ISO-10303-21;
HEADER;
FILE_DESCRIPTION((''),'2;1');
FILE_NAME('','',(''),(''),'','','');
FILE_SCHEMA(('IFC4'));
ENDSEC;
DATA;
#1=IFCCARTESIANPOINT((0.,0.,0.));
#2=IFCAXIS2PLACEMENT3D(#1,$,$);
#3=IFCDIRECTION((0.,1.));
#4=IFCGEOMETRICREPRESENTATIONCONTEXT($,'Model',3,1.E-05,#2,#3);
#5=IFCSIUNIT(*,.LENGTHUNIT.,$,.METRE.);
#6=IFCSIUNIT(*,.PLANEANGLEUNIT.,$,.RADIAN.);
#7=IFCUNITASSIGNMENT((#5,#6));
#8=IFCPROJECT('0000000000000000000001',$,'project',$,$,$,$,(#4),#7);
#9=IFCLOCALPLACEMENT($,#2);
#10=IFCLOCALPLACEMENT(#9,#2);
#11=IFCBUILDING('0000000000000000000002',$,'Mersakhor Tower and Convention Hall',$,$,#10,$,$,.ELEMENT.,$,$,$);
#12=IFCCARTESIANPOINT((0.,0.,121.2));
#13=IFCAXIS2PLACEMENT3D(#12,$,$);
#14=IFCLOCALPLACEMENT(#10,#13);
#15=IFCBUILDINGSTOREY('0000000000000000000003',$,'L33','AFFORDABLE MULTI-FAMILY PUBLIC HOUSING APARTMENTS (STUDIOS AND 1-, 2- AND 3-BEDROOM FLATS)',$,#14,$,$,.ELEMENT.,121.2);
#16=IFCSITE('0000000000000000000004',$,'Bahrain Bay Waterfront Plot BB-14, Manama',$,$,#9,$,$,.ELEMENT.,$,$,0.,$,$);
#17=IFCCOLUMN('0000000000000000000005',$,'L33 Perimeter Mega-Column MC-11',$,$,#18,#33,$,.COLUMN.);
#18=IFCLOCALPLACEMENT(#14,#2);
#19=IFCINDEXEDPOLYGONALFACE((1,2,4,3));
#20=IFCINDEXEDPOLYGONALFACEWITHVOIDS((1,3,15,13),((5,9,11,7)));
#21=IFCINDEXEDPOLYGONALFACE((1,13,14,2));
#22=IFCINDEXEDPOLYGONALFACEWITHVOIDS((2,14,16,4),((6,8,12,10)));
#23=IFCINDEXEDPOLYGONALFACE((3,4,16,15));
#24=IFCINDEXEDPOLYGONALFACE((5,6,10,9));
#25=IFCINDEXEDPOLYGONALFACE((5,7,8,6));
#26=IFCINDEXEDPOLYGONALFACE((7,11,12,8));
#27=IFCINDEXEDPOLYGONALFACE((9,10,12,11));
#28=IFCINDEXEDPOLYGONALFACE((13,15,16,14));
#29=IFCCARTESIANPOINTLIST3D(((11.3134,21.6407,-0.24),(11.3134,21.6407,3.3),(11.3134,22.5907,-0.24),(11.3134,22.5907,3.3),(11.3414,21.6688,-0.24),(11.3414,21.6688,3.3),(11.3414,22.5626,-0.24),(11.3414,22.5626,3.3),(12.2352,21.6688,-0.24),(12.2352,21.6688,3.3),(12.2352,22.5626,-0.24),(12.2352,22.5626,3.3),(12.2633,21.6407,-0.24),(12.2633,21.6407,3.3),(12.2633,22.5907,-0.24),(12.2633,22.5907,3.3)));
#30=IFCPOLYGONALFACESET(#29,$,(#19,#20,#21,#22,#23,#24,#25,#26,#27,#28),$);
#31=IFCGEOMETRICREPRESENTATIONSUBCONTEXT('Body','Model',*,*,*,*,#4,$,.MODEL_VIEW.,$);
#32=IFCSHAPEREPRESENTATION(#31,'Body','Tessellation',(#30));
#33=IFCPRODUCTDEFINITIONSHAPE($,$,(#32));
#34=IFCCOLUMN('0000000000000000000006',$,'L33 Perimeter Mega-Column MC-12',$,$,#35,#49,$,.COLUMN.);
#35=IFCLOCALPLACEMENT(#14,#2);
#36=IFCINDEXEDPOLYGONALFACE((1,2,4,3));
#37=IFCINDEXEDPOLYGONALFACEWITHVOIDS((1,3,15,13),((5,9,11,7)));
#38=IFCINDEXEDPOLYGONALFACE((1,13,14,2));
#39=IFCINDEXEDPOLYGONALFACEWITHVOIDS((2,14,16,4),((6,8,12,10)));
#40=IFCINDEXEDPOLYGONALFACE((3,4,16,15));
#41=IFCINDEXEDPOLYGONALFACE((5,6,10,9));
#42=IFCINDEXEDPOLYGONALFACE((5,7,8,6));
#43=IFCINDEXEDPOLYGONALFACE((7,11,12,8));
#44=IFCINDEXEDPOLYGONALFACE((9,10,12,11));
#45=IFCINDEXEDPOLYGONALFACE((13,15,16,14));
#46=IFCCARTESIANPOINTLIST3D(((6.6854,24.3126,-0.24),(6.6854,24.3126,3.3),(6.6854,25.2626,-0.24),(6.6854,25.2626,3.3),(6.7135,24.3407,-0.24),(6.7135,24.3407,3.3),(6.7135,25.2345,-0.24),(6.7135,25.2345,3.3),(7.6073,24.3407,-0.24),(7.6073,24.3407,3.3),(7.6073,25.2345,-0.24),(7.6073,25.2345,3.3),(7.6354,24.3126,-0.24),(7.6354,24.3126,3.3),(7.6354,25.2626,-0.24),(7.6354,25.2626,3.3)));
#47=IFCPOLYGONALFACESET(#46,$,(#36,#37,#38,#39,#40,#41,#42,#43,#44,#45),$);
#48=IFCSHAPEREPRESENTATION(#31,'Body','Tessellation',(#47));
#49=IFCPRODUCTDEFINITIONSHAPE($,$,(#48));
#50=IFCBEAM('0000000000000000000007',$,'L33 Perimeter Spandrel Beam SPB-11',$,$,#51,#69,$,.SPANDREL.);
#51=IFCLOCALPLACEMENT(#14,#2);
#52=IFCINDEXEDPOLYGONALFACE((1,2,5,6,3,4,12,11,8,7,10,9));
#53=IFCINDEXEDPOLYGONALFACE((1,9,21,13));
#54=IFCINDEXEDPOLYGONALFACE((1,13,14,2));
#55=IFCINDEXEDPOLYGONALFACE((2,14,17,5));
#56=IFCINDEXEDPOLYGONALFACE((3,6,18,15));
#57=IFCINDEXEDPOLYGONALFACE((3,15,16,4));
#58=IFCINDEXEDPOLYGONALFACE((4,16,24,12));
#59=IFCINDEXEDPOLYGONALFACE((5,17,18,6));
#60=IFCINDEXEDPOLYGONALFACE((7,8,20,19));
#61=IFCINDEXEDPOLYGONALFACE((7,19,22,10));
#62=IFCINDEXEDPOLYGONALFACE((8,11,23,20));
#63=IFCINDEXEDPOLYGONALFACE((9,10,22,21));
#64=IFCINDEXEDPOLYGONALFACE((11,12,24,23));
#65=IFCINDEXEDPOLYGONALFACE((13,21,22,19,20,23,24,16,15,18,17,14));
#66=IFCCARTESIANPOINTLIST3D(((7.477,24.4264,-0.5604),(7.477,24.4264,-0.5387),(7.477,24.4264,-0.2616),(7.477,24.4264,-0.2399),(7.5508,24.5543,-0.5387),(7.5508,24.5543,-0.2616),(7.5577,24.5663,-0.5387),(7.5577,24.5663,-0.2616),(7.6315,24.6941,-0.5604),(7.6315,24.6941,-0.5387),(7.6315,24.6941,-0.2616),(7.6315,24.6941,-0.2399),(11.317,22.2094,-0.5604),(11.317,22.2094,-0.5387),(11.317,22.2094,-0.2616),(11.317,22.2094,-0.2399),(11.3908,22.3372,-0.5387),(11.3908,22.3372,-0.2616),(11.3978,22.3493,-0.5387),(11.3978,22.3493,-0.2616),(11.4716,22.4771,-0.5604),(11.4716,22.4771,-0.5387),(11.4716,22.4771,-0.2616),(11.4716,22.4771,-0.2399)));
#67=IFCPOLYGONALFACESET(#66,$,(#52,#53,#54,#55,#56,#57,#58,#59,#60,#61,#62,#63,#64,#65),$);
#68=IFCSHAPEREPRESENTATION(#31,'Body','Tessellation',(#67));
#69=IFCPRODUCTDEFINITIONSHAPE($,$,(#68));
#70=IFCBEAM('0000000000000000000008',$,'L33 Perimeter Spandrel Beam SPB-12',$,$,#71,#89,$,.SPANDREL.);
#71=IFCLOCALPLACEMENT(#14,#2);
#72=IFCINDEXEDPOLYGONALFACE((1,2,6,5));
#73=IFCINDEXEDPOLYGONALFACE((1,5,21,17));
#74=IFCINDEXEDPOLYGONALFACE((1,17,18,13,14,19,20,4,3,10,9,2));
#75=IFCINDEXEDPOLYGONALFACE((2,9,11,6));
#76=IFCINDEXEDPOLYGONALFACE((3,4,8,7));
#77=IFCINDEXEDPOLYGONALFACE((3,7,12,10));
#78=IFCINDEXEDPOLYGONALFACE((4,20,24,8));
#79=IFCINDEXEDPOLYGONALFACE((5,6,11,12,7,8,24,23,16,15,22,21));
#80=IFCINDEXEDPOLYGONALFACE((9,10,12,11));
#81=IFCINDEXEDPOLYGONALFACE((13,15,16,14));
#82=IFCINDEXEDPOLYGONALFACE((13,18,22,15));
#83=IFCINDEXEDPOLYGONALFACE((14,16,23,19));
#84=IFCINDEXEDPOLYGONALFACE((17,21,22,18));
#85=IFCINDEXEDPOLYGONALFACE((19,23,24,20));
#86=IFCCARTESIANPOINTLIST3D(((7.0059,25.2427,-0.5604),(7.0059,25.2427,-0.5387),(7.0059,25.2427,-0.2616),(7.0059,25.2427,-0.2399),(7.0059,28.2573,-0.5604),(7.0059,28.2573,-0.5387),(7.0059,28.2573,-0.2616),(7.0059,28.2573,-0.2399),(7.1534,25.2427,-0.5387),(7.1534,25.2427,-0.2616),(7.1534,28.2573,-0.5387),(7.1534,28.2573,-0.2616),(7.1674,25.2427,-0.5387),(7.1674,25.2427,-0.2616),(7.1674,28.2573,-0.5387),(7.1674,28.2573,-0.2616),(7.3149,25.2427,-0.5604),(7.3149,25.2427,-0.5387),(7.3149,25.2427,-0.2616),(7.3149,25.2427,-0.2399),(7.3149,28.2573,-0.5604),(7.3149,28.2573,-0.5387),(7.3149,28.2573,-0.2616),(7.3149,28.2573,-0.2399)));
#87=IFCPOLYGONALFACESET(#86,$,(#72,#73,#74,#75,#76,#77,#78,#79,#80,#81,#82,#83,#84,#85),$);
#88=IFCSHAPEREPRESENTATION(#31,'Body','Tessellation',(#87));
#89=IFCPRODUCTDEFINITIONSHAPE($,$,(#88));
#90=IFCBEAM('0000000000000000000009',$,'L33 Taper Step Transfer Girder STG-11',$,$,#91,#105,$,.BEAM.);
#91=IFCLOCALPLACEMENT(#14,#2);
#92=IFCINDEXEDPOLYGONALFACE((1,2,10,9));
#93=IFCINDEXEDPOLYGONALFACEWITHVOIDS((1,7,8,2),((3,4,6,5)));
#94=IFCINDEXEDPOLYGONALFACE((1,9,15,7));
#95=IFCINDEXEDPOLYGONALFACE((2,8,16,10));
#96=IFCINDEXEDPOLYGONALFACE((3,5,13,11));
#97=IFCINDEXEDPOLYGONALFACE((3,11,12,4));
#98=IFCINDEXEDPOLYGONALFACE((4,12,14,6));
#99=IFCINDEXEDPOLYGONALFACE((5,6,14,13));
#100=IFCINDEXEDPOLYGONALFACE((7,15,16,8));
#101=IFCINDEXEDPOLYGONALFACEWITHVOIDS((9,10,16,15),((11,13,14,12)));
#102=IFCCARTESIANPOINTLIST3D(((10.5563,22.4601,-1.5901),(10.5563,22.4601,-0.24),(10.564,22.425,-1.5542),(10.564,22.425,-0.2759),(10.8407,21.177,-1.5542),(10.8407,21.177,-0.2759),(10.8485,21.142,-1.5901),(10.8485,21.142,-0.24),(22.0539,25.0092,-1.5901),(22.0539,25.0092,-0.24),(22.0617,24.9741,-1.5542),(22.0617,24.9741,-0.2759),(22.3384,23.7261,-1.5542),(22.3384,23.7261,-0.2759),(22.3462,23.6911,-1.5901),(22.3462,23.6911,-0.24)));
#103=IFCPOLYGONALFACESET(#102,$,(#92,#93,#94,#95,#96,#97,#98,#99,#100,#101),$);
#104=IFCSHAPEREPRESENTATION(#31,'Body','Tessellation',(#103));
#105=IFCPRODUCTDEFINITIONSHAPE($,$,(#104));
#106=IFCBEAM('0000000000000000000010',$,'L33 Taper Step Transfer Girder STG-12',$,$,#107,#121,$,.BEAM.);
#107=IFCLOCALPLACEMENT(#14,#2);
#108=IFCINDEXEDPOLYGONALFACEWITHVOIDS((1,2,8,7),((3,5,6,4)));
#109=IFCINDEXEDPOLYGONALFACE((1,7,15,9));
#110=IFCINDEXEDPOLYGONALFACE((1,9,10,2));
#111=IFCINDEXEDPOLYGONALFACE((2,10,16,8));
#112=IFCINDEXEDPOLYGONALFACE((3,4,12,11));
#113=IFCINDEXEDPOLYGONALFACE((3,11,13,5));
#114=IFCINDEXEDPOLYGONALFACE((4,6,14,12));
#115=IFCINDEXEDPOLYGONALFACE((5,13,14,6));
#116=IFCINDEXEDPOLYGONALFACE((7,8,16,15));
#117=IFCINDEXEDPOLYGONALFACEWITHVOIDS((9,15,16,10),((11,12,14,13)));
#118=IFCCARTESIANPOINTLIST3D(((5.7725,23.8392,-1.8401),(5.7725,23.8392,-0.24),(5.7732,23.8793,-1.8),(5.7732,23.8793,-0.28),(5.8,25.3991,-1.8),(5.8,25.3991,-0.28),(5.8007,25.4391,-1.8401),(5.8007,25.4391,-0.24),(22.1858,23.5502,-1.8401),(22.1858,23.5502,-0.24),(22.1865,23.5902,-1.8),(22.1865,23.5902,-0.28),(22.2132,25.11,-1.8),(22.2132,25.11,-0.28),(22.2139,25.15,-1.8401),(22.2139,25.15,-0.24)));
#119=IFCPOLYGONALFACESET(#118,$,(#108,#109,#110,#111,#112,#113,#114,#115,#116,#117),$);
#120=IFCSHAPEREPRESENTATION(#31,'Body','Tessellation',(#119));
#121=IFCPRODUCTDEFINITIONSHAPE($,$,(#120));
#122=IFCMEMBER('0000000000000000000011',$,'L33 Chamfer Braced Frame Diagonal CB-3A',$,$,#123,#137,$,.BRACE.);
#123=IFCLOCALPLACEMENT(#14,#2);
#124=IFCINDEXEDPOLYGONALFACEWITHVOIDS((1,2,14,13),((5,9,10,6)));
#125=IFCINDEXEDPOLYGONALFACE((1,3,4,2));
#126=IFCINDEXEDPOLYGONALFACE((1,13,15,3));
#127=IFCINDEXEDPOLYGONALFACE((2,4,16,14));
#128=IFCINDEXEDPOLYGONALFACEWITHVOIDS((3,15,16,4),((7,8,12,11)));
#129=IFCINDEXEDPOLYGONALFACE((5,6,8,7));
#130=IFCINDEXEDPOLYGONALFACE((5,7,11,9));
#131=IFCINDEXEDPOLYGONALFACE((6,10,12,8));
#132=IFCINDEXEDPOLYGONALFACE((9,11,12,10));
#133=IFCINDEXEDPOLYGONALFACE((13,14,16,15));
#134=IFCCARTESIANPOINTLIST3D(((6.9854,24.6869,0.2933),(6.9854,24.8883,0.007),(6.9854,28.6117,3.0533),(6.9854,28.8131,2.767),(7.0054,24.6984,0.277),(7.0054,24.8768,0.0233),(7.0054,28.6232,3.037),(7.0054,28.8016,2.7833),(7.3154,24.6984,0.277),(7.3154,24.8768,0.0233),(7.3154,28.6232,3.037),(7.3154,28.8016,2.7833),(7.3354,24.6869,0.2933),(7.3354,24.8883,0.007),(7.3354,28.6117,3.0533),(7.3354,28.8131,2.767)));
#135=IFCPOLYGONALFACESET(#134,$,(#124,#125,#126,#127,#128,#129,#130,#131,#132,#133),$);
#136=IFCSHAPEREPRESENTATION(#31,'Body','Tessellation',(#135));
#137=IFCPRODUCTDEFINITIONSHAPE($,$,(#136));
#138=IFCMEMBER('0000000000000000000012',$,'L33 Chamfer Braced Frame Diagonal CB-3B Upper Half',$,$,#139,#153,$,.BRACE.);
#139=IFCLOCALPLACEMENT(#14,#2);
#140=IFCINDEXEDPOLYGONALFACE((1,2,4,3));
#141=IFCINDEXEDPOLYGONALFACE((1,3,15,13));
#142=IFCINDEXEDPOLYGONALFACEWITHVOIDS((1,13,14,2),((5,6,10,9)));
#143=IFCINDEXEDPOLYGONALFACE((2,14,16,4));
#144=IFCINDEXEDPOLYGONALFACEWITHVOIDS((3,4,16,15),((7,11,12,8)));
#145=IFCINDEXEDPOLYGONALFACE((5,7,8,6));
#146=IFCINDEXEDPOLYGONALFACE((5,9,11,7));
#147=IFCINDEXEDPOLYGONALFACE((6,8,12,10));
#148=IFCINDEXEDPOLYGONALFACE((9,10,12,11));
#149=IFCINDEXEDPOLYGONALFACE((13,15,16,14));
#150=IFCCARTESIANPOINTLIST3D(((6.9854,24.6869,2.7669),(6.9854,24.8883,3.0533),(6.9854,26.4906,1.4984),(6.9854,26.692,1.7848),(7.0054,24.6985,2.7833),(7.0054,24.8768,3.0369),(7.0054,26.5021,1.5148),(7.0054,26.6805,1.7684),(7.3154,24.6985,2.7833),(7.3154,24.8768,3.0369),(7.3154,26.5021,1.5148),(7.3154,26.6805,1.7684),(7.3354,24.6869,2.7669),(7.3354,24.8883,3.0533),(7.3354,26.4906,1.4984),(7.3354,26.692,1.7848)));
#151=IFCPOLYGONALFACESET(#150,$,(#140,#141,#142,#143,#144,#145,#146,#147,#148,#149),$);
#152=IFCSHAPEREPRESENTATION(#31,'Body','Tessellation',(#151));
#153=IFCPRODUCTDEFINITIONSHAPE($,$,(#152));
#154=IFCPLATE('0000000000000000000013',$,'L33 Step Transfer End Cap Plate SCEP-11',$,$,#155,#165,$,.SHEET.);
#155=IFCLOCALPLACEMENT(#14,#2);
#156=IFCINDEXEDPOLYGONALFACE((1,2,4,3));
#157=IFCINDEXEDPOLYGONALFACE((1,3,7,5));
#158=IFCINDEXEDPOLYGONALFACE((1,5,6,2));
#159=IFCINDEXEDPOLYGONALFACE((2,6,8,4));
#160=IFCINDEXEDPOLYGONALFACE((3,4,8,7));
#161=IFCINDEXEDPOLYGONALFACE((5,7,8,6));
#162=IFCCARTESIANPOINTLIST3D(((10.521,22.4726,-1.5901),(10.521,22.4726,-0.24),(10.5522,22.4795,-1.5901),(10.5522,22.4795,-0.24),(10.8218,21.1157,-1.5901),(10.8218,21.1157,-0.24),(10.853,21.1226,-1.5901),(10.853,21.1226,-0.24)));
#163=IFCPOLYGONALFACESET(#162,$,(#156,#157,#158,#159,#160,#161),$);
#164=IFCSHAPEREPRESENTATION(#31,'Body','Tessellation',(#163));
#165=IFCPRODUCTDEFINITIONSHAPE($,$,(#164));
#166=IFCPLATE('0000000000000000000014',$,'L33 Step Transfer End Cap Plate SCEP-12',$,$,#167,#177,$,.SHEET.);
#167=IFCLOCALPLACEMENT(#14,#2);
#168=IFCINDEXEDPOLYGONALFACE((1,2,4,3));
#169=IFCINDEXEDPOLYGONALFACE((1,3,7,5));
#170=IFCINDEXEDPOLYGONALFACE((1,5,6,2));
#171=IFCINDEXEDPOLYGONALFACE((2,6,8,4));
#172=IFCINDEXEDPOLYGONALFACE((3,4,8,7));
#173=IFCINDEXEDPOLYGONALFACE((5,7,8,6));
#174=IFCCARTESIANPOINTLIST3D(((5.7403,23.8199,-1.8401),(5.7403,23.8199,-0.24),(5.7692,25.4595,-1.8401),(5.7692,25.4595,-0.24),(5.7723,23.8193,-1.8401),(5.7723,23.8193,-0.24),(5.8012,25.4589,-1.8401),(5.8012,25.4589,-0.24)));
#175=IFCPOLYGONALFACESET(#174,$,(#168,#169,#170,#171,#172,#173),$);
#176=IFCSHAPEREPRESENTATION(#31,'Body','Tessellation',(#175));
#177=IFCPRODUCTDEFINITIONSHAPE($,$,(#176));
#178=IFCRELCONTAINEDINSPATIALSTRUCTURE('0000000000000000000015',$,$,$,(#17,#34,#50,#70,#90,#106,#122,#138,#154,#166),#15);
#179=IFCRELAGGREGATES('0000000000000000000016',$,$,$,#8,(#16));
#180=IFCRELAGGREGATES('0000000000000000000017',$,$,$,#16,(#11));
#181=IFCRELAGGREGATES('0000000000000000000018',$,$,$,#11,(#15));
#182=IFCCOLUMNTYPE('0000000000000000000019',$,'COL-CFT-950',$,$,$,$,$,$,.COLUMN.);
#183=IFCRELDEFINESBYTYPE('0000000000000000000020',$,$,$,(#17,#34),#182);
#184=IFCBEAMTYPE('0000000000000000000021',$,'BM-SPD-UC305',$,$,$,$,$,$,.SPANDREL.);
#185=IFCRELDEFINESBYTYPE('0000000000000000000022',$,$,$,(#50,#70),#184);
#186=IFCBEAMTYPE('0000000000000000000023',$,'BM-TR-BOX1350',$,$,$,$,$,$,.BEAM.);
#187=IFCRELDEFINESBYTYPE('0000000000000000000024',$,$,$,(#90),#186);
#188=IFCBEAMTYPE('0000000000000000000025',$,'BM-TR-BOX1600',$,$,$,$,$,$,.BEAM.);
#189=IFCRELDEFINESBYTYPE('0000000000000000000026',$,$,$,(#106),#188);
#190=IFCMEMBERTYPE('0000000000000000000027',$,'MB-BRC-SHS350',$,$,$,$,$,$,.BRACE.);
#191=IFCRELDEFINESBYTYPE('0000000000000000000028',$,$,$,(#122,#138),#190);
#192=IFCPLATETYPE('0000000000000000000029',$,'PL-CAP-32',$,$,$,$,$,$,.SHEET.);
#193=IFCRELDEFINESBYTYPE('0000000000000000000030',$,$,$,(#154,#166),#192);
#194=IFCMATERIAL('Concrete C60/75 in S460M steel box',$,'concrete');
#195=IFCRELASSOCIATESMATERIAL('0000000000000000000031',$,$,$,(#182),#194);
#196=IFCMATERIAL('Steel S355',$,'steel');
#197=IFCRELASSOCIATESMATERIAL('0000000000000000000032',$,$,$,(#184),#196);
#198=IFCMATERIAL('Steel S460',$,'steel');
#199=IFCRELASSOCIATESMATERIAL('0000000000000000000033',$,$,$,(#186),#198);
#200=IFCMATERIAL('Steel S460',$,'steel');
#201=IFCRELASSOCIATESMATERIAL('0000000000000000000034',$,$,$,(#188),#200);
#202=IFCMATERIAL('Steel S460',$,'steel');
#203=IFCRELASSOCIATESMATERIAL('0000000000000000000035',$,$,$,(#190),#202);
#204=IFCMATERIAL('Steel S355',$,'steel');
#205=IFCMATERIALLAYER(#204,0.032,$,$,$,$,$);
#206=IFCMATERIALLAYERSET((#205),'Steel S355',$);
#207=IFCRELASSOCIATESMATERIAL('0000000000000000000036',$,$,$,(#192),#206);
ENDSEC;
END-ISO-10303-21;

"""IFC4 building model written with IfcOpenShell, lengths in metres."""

from ifc_helpers import new_model, si_unit, direction, frame, origin, origin_2d, place, context, subcontext, project, spatial, rectangle, hollow_rectangle, i_section, extrude, material, layer, layer_set, material_profile, profile_set, type_object, element, save


model = new_model("IFC4")

# Units and contexts
model_context = context("Model", 3, precision=1e-05, world=origin(), true_north=direction((0.0, 1.0)))
body_context = subcontext(model_context, "Body", "Model", "MODEL_VIEW")
ifc_project = project(units=[si_unit("LENGTHUNIT", "METRE"), si_unit("PLANEANGLEUNIT", "RADIAN")], contexts=[model_context])

# Site, building, storey
site_placement = place(None, origin())
site = spatial("IfcSite", under=ifc_project, at=site_placement, Name="Bahrain Bay Waterfront Plot BB-14, Manama", CompositionType="ELEMENT", RefElevation=0.0)
building_placement = place(site_placement, origin())
building = spatial("IfcBuilding", under=site, at=building_placement, Name="Mersakhor Tower and Convention Hall", CompositionType="ELEMENT")
storey_placement = place(building_placement, frame((0.0, 0.0, 121.2)))
storey = spatial("IfcBuildingStorey", under=building, at=storey_placement, Name="L33", Description="AFFORDABLE MULTI-FAMILY PUBLIC HOUSING APARTMENTS (STUDIOS AND 1-, 2- AND 3-BEDROOM FLATS)", CompositionType="ELEMENT", Elevation=121.2)

# Columns
ifc_material_1 = material(Name="Concrete C60/75 in S460M steel box", Category="concrete")
ifc_material_profile_1 = material_profile(ifc_material_1, hollow_rectangle(XDim=0.95, YDim=0.95, WallThickness=0.0281, at=origin_2d()), Name="SHS 950x950x28")
ifc_profile_set_1 = profile_set([ifc_material_profile_1], Name="Concrete C60/75 in S460M steel box")
column_type = type_object("IfcColumnType", Name="COL-CFT-950", PredefinedType="COLUMN", material=ifc_profile_set_1)
for number, where, z_axis, x_axis, name in (
    (1, (11.7883, 22.1157, -0.24), (0.0, 0.0, 1.0), (1.0, 0.0, 0.0), "L33 Perimeter Mega-Column MC-11"),
    (2, (7.1604, 24.7876, -0.24), (0.0, 0.0, 1.0), (1.0, 0.0, 0.0), "L33 Perimeter Mega-Column MC-12"),
):
    element("IfcColumn", number, at=place(storey_placement, frame(where, z_axis=z_axis, x_axis=x_axis)), inside=storey, type_object=column_type, Name=name, PredefinedType="COLUMN", context=body_context, shape_type="SweptSolid", body=[
        extrude(hollow_rectangle(XDim=0.95, YDim=0.95, WallThickness=0.0281, at=origin_2d()), origin(), (0.0, 0.0, 1.0), 3.54),
    ])

# Beams
ifc_material_2 = material(Name="Steel S355", Category="steel")
ifc_material_profile_2 = material_profile(ifc_material_2, i_section(OverallWidth=0.3091, OverallDepth=0.3206, WebThickness=0.0139, FlangeThickness=0.0217, at=origin_2d()), Name="UC 305x305x137")
ifc_profile_set_2 = profile_set([ifc_material_profile_2], Name="Steel S355")
beam_type_1 = type_object("IfcBeamType", Name="BM-SPD-UC305", PredefinedType="SPANDREL", material=ifc_profile_set_2)
beam_1_placement = place(storey_placement, frame((11.3943, 22.3433, -0.4001), z_axis=(-0.866029, 0.499994, 0.0), x_axis=(-0.499994, -0.866029, 0.0)))
element("IfcBeam", 3, at=beam_1_placement, inside=storey, type_object=beam_type_1, Name="L33 Perimeter Spandrel Beam SPB-11", PredefinedType="SPANDREL", context=body_context, shape_type="SweptSolid", body=[
    extrude(i_section(OverallWidth=0.3091, OverallDepth=0.3206, WebThickness=0.0139, FlangeThickness=0.0217, at=origin_2d()), origin(), (0.0, 0.0, 1.0), 4.4341),
])
beam_2_placement = place(storey_placement, frame((7.1604, 25.2427, -0.4001), z_axis=(0.0, 1.0, 0.0), x_axis=(-1.0, 0.0, 0.0)))
element("IfcBeam", 4, at=beam_2_placement, inside=storey, type_object=beam_type_1, Name="L33 Perimeter Spandrel Beam SPB-12", PredefinedType="SPANDREL", context=body_context, shape_type="SweptSolid", body=[
    extrude(i_section(OverallWidth=0.3091, OverallDepth=0.3206, WebThickness=0.0139, FlangeThickness=0.0217, at=origin_2d()), origin(), (0.0, 0.0, 1.0), 3.0146),
])
ifc_material_3 = material(Name="Steel S460", Category="steel")
ifc_material_profile_3 = material_profile(ifc_material_3, hollow_rectangle(XDim=1.3501, YDim=1.3501, WallThickness=0.0359, at=origin_2d()), Name="SHS 1350x1350x36")
ifc_profile_set_3 = profile_set([ifc_material_profile_3], Name="Steel S460")
beam_type_2 = type_object("IfcBeamType", Name="BM-TR-BOX1350", PredefinedType="BEAM", material=ifc_profile_set_3)
beam_3_placement = place(storey_placement, frame((10.7024, 21.801, -0.915), z_axis=(0.976294, 0.21645, 0.0), x_axis=(-0.21645, 0.976294, 0.0)))
element("IfcBeam", 5, at=beam_3_placement, inside=storey, type_object=beam_type_2, Name="L33 Taper Step Transfer Girder STG-11", PredefinedType="BEAM", context=body_context, shape_type="SweptSolid", body=[
    extrude(hollow_rectangle(XDim=1.3501, YDim=1.3501, WallThickness=0.0359, at=origin_2d()), origin(), (0.0, 0.0, 1.0), 11.7769),
])
ifc_material_4 = material(Name="Steel S460", Category="steel")
ifc_material_profile_4 = material_profile(ifc_material_4, hollow_rectangle(XDim=1.6001, YDim=1.6001, WallThickness=0.04, at=origin_2d()), Name="SHS 1600x1600x40")
ifc_profile_set_4 = profile_set([ifc_material_profile_4], Name="Steel S460")
beam_type_3 = type_object("IfcBeamType", Name="BM-TR-BOX1600", PredefinedType="BEAM", material=ifc_profile_set_4)
beam_4_placement = place(storey_placement, frame((5.7866, 24.6392, -1.04), z_axis=(0.999845, -0.017609, 0.0), x_axis=(0.017609, 0.999845, 0.0)))
element("IfcBeam", 6, at=beam_4_placement, inside=storey, type_object=beam_type_3, Name="L33 Taper Step Transfer Girder STG-12", PredefinedType="BEAM", context=body_context, shape_type="SweptSolid", body=[
    extrude(hollow_rectangle(XDim=1.6001, YDim=1.6001, WallThickness=0.04, at=origin_2d()), origin(), (0.0, 0.0, 1.0), 16.4158),
])

# Members
ifc_material_5 = material(Name="Steel S460", Category="steel")
ifc_material_profile_5 = material_profile(ifc_material_5, hollow_rectangle(XDim=0.3501, YDim=0.3501, WallThickness=0.02, at=origin_2d()), Name="SHS 350x350x20")
ifc_profile_set_5 = profile_set([ifc_material_profile_5], Name="Steel S460")
member_type = type_object("IfcMemberType", Name="MB-BRC-SHS350", PredefinedType="BRACE", material=ifc_profile_set_5)
member_1_placement = place(storey_placement, frame((7.1604, 24.7876, 0.1501), z_axis=(0.0, 0.817992, 0.57523), x_axis=(-1.0, 0.0, 0.0)))
element("IfcMember", 7, at=member_1_placement, inside=storey, type_object=member_type, Name="L33 Chamfer Braced Frame Diagonal CB-3A", PredefinedType="BRACE", context=body_context, shape_type="SweptSolid", body=[
    extrude(hollow_rectangle(XDim=0.3501, YDim=0.3501, WallThickness=0.02, at=origin_2d()), origin(), (0.0, 0.0, 1.0), 4.7981),
])
member_2_placement = place(storey_placement, frame((7.1604, 26.5913, 1.6416), z_axis=(0.0, -0.817961, 0.575274), x_axis=(1.0, 0.0, 0.0)))
element("IfcMember", 8, at=member_2_placement, inside=storey, type_object=member_type, Name="L33 Chamfer Braced Frame Diagonal CB-3B Upper Half", PredefinedType="BRACE", context=body_context, shape_type="SweptSolid", body=[
    extrude(hollow_rectangle(XDim=0.3501, YDim=0.3501, WallThickness=0.02, at=origin_2d()), origin(), (0.0, 0.0, 1.0), 2.2051),
])

# Plates
ifc_material_6 = material(Name="Steel S355", Category="steel")
ifc_layer_1 = layer(ifc_material_6, 0.032)
ifc_layer_set_1 = layer_set([ifc_layer_1], Name="Steel S355")
plate_type = type_object("IfcPlateType", Name="PL-CAP-32", PredefinedType="SHEET", material=ifc_layer_set_1)
plate_1_placement = place(storey_placement, frame((10.687, 21.7976, -1.5901), z_axis=(0.0, 0.0, 1.0), x_axis=(0.976296, 0.21644, 0.0)))
element("IfcPlate", 9, at=plate_1_placement, inside=storey, type_object=plate_type, Name="L33 Step Transfer End Cap Plate SCEP-11", PredefinedType="SHEET", context=body_context, shape_type="SweptSolid", body=[
    extrude(rectangle(XDim=0.032, YDim=1.3899, at=origin_2d()), origin(), (0.0, 0.0, 1.0), 1.3501),
])
plate_2_placement = place(storey_placement, frame((5.7708, 24.6394, -1.8401), z_axis=(0.0, 0.0, 1.0), x_axis=(0.999845, -0.017627, 0.0)))
element("IfcPlate", 10, at=plate_2_placement, inside=storey, type_object=plate_type, Name="L33 Step Transfer End Cap Plate SCEP-12", PredefinedType="SHEET", context=body_context, shape_type="SweptSolid", body=[
    extrude(rectangle(XDim=0.032, YDim=1.6399, at=origin_2d()), origin(), (0.0, 0.0, 1.0), 1.6001),
])

save(model, "model.ifc")
